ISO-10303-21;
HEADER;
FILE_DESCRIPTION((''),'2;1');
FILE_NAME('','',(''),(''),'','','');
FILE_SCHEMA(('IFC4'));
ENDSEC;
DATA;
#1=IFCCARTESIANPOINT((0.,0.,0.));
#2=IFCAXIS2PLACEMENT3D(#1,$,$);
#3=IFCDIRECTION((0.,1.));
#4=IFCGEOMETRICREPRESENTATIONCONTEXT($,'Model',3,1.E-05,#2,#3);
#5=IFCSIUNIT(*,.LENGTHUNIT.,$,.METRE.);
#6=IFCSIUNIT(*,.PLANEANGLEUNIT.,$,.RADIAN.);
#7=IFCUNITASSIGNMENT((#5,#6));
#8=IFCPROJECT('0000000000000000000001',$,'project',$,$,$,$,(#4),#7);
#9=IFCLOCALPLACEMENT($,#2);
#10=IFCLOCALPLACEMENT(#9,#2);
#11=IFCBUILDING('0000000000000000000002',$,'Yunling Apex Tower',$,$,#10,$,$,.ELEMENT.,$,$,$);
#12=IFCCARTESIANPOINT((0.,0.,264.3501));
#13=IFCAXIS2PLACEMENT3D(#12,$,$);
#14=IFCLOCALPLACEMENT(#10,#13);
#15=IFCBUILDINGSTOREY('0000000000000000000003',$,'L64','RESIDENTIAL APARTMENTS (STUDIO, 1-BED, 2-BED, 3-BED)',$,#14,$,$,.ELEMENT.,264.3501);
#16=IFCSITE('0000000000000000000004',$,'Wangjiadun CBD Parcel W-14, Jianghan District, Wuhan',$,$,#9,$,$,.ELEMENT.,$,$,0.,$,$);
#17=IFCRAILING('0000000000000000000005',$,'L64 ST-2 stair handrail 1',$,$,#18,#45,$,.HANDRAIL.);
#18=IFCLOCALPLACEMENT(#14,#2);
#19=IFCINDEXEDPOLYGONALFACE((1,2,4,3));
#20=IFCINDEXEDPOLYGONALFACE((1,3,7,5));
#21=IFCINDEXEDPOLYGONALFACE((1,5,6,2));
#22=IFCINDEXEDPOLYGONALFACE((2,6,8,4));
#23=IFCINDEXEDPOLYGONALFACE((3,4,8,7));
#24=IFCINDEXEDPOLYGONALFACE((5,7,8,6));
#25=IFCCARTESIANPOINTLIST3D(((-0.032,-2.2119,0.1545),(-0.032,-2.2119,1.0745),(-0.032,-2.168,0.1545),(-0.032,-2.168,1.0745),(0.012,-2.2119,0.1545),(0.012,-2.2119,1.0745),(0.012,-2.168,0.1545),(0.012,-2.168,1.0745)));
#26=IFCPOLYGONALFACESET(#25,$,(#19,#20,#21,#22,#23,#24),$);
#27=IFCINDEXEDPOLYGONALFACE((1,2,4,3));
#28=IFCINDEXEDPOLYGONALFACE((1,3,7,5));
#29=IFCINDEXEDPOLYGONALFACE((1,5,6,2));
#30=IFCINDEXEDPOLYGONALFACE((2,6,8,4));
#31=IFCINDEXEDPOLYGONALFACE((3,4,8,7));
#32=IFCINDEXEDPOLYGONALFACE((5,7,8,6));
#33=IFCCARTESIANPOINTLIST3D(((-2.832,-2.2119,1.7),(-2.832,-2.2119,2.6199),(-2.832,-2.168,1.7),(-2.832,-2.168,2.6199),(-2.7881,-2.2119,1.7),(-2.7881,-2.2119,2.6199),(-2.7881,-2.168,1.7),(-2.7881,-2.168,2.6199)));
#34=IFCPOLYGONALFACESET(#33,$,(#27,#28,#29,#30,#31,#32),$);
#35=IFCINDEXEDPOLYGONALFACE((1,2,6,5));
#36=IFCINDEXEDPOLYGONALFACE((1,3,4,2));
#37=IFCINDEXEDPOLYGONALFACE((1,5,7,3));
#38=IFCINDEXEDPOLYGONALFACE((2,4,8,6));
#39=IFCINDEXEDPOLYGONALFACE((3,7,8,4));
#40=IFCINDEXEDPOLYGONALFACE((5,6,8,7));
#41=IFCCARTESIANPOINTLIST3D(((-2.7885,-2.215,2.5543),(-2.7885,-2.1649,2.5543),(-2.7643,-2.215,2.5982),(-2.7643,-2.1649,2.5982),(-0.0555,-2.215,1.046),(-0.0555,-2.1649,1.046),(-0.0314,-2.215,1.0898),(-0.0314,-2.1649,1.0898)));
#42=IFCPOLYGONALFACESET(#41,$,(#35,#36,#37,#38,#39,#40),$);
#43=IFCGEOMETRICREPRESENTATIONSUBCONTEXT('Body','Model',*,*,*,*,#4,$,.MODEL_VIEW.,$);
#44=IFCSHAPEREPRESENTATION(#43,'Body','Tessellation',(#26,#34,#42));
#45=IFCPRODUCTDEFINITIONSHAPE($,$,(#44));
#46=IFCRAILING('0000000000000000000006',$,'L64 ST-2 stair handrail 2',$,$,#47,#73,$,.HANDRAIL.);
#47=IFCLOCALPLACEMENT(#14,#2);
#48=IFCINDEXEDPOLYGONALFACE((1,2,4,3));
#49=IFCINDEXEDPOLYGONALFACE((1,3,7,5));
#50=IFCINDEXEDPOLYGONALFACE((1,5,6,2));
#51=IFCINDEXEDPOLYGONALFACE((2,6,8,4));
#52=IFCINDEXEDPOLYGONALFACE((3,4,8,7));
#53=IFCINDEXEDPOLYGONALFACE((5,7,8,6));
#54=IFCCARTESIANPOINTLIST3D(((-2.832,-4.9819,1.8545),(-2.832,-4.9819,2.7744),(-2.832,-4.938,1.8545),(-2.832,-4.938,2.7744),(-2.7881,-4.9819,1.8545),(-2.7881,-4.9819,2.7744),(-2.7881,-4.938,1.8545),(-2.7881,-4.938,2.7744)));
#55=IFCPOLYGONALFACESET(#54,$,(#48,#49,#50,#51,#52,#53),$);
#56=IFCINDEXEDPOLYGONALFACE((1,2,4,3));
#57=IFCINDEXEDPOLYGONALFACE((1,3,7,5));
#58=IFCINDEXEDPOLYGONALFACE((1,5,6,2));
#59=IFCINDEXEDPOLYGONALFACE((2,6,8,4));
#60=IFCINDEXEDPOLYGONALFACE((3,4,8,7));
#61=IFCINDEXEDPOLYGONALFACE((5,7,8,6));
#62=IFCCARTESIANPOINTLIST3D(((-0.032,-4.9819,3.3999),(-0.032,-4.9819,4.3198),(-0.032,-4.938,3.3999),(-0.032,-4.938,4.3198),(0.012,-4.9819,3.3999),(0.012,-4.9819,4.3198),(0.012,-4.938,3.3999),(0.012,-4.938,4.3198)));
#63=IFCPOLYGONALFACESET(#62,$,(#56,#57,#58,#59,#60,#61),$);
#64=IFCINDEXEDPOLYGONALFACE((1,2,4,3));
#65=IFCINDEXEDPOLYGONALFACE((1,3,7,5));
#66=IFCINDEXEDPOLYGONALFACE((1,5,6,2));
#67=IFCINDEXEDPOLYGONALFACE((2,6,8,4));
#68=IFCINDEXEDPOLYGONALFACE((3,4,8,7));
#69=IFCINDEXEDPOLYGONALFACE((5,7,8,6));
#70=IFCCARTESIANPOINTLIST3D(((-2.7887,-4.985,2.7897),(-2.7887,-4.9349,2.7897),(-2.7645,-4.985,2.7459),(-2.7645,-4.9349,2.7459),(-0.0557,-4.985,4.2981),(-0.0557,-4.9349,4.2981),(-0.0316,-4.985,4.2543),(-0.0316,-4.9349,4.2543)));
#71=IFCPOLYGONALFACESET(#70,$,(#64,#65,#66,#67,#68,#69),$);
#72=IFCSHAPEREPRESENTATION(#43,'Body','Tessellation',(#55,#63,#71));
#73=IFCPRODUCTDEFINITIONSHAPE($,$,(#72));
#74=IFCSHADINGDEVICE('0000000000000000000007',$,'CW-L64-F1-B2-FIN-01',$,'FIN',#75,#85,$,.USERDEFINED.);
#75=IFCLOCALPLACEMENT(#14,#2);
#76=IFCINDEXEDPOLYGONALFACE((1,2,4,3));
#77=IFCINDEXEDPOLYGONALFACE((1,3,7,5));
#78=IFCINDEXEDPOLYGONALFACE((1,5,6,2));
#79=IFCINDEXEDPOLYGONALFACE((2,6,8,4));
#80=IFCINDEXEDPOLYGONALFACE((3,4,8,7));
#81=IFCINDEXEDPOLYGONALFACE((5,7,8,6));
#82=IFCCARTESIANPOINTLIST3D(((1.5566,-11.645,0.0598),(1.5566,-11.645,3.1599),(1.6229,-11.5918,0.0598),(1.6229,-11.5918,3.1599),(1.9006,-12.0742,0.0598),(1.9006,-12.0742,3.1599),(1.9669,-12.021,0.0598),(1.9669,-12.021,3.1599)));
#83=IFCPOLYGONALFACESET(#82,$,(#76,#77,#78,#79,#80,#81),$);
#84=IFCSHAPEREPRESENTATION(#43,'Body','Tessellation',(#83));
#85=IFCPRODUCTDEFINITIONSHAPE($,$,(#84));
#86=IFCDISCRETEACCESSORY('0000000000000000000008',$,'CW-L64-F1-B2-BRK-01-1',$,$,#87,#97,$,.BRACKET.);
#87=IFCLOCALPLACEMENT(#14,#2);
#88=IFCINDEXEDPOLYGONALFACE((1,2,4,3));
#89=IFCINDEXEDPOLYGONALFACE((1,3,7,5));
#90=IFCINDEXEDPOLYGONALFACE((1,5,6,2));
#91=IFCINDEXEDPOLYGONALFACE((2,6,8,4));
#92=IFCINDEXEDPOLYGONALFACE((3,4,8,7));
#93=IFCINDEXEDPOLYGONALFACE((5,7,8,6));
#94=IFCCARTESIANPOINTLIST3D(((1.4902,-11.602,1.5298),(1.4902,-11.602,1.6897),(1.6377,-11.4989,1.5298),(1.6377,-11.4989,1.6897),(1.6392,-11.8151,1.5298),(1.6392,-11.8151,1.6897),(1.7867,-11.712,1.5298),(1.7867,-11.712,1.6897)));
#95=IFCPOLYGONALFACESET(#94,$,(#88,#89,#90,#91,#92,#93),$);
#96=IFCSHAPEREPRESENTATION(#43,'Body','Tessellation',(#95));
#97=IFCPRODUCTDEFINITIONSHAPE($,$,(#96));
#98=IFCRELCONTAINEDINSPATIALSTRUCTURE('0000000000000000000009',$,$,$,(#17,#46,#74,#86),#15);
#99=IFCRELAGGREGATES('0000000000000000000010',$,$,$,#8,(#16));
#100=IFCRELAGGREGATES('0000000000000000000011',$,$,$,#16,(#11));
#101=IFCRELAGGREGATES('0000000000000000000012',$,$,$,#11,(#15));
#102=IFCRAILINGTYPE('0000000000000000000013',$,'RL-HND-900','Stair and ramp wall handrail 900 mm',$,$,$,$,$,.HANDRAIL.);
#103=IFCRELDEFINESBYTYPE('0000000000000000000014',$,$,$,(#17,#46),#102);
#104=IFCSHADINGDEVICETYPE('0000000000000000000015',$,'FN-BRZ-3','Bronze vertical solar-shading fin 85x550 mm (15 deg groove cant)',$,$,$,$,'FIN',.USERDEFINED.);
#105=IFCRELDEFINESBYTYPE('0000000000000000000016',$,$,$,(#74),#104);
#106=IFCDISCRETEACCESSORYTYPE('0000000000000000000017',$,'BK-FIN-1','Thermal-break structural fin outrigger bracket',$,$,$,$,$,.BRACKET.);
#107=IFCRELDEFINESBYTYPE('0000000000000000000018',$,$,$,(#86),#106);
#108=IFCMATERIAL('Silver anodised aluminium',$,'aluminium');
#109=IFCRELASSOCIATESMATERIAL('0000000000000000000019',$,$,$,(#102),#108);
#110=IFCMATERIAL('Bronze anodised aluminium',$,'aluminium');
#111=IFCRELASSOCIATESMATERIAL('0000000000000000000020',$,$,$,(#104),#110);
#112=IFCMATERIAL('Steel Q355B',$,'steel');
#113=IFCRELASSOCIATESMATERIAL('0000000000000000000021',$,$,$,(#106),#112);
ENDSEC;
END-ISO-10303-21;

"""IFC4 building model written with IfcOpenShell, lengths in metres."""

from ifc_helpers import new_model, si_unit, direction, frame, origin, origin_2d, place, context, subcontext, project, spatial, rectangle, extrude, source, transform, mapped, material, material_profile, profile_set, type_object, element, save


model = new_model("IFC4")

# Units and contexts
model_context = context("Model", 3, precision=1e-05, world=origin(), true_north=direction((0.0, 1.0)))
body_context = subcontext(model_context, "Body", "Model", "MODEL_VIEW")
ifc_project = project(units=[si_unit("LENGTHUNIT", "METRE"), si_unit("PLANEANGLEUNIT", "RADIAN")], contexts=[model_context])

# Site, building, storey
site_placement = place(None, origin())
site = spatial("IfcSite", under=ifc_project, at=site_placement, Name="Wangjiadun CBD Parcel W-14, Jianghan District, Wuhan", CompositionType="ELEMENT", RefElevation=0.0)
building_placement = place(site_placement, origin())
building = spatial("IfcBuilding", under=site, at=building_placement, Name="Yunling Apex Tower", CompositionType="ELEMENT")
storey_placement = place(building_placement, frame((0.0, 0.0, 264.3501)))
storey = spatial("IfcBuildingStorey", under=building, at=storey_placement, Name="L64", Description="RESIDENTIAL APARTMENTS (STUDIO, 1-BED, 2-BED, 3-BED)", CompositionType="ELEMENT", Elevation=264.3501)

# Shared definitions
ifc_material_1 = material(Name="Steel Q355B", Category="steel")

# Shared definitions
ifc_material_2 = material(Name="Bronze anodised aluminium", Category="aluminium")

# Railings
ifc_material_3 = material(Name="Silver anodised aluminium", Category="aluminium")
railing_type_1 = type_object("IfcRailingType", Name="RL-HND-900", Description="Stair and ramp wall handrail 900 mm", PredefinedType="HANDRAIL", material=ifc_material_3)
railing_1_placement = place(storey_placement, frame((-0.01, -2.1899, 0.1545)))
element("IfcRailing", 1, at=railing_1_placement, inside=storey, type_object=railing_type_1, Name="L64 ST-2 stair handrail 1", PredefinedType="HANDRAIL", context=body_context, shape_type="SweptSolid", body=[
    extrude(rectangle(XDim=0.0439, YDim=0.0439, at=origin_2d()), origin(), (0.0, 0.0, 1.0), 0.9199),
    extrude(rectangle(XDim=0.0439, YDim=0.0439, at=origin_2d()), frame((-2.8, 0.0, 1.5454)), (0.0, 0.0, 1.0), 0.9199),
    extrude(rectangle(XDim=0.05, YDim=0.05, at=origin_2d()), frame((-0.0334, 0.0, 0.9133), z_axis=(-0.875504, 0.0, 0.483211), x_axis=(0.0, -1.0, 0.0)), (0.0, 0.0, 1.0), 3.1216),
])
railing_2_placement = place(storey_placement, frame((-2.8101, -4.96, 1.8545)))
element("IfcRailing", 2, at=railing_2_placement, inside=storey, type_object=railing_type_1, Name="L64 ST-2 stair handrail 2", PredefinedType="HANDRAIL", context=body_context, shape_type="SweptSolid", body=[
    extrude(rectangle(XDim=0.0439, YDim=0.0439, at=origin_2d()), origin(), (0.0, 0.0, 1.0), 0.9199),
    extrude(rectangle(XDim=0.0439, YDim=0.0439, at=origin_2d()), frame((2.8, 0.0, 1.5454)), (0.0, 0.0, 1.0), 0.9199),
    extrude(rectangle(XDim=0.05, YDim=0.05, at=origin_2d()), frame((0.0334, 0.0, 0.9133), z_axis=(0.875504, 0.0, 0.483211), x_axis=(0.0, 1.0, 0.0)), (0.0, 0.0, 1.0), 3.1216),
])

# Shading device
ifc_material_profile_1 = material_profile(ifc_material_2, rectangle(XDim=0.085, YDim=0.55, at=origin_2d()))
ifc_profile_set_1 = profile_set([ifc_material_profile_1], Name="Bronze anodised aluminium")
shading_device_type = type_object("IfcShadingDeviceType", Name="FN-BRZ-3", Description="Bronze vertical solar-shading fin 85x550 mm (15 deg groove cant)", ElementType="FIN", PredefinedType="USERDEFINED", material=ifc_profile_set_1)
shared_shape_1 = source(origin(), body_context, "Body", "SweptSolid", [
    extrude(rectangle(XDim=0.085, YDim=0.55, at=origin_2d()), origin(), (0.0, 0.0, 1.0), 3.1001),
])
shading_device_placement = place(storey_placement, frame((1.7617, -11.833, 0.0598), z_axis=(0.0, 0.0, 1.0), x_axis=(0.780321, 0.625379, 0.0)))
element("IfcShadingDevice", 3, at=shading_device_placement, inside=storey, type_object=shading_device_type, Name="CW-L64-F1-B2-FIN-01", ObjectType="FIN", PredefinedType="USERDEFINED", context=body_context, shape_type="MappedRepresentation", body=[
    mapped(shared_shape_1, transform((0.0, 0.0, 0.0), scale=1.0)),
])

# Discrete accessory
discrete_accessory_type = type_object("IfcDiscreteAccessoryType", Name="BK-FIN-1", Description="Thermal-break structural fin outrigger bracket", PredefinedType="BRACKET", material=ifc_material_1)
shared_shape_2 = source(origin(), body_context, "Body", "SweptSolid", [
    extrude(rectangle(XDim=0.1799, YDim=0.26, at=origin_2d()), origin(), (0.0, 0.0, 1.0), 0.1599),
])
discrete_accessory_placement = place(storey_placement, frame((1.6384, -11.657, 1.5298), z_axis=(0.0, 0.0, 1.0), x_axis=(0.819552, 0.573004, 0.0)))
element("IfcDiscreteAccessory", 4, at=discrete_accessory_placement, inside=storey, type_object=discrete_accessory_type, Name="CW-L64-F1-B2-BRK-01-1", PredefinedType="BRACKET", context=body_context, shape_type="MappedRepresentation", body=[
    mapped(shared_shape_2, transform((0.0, 0.0, 0.0), scale=1.0)),
])

save(model, "model.ifc")
